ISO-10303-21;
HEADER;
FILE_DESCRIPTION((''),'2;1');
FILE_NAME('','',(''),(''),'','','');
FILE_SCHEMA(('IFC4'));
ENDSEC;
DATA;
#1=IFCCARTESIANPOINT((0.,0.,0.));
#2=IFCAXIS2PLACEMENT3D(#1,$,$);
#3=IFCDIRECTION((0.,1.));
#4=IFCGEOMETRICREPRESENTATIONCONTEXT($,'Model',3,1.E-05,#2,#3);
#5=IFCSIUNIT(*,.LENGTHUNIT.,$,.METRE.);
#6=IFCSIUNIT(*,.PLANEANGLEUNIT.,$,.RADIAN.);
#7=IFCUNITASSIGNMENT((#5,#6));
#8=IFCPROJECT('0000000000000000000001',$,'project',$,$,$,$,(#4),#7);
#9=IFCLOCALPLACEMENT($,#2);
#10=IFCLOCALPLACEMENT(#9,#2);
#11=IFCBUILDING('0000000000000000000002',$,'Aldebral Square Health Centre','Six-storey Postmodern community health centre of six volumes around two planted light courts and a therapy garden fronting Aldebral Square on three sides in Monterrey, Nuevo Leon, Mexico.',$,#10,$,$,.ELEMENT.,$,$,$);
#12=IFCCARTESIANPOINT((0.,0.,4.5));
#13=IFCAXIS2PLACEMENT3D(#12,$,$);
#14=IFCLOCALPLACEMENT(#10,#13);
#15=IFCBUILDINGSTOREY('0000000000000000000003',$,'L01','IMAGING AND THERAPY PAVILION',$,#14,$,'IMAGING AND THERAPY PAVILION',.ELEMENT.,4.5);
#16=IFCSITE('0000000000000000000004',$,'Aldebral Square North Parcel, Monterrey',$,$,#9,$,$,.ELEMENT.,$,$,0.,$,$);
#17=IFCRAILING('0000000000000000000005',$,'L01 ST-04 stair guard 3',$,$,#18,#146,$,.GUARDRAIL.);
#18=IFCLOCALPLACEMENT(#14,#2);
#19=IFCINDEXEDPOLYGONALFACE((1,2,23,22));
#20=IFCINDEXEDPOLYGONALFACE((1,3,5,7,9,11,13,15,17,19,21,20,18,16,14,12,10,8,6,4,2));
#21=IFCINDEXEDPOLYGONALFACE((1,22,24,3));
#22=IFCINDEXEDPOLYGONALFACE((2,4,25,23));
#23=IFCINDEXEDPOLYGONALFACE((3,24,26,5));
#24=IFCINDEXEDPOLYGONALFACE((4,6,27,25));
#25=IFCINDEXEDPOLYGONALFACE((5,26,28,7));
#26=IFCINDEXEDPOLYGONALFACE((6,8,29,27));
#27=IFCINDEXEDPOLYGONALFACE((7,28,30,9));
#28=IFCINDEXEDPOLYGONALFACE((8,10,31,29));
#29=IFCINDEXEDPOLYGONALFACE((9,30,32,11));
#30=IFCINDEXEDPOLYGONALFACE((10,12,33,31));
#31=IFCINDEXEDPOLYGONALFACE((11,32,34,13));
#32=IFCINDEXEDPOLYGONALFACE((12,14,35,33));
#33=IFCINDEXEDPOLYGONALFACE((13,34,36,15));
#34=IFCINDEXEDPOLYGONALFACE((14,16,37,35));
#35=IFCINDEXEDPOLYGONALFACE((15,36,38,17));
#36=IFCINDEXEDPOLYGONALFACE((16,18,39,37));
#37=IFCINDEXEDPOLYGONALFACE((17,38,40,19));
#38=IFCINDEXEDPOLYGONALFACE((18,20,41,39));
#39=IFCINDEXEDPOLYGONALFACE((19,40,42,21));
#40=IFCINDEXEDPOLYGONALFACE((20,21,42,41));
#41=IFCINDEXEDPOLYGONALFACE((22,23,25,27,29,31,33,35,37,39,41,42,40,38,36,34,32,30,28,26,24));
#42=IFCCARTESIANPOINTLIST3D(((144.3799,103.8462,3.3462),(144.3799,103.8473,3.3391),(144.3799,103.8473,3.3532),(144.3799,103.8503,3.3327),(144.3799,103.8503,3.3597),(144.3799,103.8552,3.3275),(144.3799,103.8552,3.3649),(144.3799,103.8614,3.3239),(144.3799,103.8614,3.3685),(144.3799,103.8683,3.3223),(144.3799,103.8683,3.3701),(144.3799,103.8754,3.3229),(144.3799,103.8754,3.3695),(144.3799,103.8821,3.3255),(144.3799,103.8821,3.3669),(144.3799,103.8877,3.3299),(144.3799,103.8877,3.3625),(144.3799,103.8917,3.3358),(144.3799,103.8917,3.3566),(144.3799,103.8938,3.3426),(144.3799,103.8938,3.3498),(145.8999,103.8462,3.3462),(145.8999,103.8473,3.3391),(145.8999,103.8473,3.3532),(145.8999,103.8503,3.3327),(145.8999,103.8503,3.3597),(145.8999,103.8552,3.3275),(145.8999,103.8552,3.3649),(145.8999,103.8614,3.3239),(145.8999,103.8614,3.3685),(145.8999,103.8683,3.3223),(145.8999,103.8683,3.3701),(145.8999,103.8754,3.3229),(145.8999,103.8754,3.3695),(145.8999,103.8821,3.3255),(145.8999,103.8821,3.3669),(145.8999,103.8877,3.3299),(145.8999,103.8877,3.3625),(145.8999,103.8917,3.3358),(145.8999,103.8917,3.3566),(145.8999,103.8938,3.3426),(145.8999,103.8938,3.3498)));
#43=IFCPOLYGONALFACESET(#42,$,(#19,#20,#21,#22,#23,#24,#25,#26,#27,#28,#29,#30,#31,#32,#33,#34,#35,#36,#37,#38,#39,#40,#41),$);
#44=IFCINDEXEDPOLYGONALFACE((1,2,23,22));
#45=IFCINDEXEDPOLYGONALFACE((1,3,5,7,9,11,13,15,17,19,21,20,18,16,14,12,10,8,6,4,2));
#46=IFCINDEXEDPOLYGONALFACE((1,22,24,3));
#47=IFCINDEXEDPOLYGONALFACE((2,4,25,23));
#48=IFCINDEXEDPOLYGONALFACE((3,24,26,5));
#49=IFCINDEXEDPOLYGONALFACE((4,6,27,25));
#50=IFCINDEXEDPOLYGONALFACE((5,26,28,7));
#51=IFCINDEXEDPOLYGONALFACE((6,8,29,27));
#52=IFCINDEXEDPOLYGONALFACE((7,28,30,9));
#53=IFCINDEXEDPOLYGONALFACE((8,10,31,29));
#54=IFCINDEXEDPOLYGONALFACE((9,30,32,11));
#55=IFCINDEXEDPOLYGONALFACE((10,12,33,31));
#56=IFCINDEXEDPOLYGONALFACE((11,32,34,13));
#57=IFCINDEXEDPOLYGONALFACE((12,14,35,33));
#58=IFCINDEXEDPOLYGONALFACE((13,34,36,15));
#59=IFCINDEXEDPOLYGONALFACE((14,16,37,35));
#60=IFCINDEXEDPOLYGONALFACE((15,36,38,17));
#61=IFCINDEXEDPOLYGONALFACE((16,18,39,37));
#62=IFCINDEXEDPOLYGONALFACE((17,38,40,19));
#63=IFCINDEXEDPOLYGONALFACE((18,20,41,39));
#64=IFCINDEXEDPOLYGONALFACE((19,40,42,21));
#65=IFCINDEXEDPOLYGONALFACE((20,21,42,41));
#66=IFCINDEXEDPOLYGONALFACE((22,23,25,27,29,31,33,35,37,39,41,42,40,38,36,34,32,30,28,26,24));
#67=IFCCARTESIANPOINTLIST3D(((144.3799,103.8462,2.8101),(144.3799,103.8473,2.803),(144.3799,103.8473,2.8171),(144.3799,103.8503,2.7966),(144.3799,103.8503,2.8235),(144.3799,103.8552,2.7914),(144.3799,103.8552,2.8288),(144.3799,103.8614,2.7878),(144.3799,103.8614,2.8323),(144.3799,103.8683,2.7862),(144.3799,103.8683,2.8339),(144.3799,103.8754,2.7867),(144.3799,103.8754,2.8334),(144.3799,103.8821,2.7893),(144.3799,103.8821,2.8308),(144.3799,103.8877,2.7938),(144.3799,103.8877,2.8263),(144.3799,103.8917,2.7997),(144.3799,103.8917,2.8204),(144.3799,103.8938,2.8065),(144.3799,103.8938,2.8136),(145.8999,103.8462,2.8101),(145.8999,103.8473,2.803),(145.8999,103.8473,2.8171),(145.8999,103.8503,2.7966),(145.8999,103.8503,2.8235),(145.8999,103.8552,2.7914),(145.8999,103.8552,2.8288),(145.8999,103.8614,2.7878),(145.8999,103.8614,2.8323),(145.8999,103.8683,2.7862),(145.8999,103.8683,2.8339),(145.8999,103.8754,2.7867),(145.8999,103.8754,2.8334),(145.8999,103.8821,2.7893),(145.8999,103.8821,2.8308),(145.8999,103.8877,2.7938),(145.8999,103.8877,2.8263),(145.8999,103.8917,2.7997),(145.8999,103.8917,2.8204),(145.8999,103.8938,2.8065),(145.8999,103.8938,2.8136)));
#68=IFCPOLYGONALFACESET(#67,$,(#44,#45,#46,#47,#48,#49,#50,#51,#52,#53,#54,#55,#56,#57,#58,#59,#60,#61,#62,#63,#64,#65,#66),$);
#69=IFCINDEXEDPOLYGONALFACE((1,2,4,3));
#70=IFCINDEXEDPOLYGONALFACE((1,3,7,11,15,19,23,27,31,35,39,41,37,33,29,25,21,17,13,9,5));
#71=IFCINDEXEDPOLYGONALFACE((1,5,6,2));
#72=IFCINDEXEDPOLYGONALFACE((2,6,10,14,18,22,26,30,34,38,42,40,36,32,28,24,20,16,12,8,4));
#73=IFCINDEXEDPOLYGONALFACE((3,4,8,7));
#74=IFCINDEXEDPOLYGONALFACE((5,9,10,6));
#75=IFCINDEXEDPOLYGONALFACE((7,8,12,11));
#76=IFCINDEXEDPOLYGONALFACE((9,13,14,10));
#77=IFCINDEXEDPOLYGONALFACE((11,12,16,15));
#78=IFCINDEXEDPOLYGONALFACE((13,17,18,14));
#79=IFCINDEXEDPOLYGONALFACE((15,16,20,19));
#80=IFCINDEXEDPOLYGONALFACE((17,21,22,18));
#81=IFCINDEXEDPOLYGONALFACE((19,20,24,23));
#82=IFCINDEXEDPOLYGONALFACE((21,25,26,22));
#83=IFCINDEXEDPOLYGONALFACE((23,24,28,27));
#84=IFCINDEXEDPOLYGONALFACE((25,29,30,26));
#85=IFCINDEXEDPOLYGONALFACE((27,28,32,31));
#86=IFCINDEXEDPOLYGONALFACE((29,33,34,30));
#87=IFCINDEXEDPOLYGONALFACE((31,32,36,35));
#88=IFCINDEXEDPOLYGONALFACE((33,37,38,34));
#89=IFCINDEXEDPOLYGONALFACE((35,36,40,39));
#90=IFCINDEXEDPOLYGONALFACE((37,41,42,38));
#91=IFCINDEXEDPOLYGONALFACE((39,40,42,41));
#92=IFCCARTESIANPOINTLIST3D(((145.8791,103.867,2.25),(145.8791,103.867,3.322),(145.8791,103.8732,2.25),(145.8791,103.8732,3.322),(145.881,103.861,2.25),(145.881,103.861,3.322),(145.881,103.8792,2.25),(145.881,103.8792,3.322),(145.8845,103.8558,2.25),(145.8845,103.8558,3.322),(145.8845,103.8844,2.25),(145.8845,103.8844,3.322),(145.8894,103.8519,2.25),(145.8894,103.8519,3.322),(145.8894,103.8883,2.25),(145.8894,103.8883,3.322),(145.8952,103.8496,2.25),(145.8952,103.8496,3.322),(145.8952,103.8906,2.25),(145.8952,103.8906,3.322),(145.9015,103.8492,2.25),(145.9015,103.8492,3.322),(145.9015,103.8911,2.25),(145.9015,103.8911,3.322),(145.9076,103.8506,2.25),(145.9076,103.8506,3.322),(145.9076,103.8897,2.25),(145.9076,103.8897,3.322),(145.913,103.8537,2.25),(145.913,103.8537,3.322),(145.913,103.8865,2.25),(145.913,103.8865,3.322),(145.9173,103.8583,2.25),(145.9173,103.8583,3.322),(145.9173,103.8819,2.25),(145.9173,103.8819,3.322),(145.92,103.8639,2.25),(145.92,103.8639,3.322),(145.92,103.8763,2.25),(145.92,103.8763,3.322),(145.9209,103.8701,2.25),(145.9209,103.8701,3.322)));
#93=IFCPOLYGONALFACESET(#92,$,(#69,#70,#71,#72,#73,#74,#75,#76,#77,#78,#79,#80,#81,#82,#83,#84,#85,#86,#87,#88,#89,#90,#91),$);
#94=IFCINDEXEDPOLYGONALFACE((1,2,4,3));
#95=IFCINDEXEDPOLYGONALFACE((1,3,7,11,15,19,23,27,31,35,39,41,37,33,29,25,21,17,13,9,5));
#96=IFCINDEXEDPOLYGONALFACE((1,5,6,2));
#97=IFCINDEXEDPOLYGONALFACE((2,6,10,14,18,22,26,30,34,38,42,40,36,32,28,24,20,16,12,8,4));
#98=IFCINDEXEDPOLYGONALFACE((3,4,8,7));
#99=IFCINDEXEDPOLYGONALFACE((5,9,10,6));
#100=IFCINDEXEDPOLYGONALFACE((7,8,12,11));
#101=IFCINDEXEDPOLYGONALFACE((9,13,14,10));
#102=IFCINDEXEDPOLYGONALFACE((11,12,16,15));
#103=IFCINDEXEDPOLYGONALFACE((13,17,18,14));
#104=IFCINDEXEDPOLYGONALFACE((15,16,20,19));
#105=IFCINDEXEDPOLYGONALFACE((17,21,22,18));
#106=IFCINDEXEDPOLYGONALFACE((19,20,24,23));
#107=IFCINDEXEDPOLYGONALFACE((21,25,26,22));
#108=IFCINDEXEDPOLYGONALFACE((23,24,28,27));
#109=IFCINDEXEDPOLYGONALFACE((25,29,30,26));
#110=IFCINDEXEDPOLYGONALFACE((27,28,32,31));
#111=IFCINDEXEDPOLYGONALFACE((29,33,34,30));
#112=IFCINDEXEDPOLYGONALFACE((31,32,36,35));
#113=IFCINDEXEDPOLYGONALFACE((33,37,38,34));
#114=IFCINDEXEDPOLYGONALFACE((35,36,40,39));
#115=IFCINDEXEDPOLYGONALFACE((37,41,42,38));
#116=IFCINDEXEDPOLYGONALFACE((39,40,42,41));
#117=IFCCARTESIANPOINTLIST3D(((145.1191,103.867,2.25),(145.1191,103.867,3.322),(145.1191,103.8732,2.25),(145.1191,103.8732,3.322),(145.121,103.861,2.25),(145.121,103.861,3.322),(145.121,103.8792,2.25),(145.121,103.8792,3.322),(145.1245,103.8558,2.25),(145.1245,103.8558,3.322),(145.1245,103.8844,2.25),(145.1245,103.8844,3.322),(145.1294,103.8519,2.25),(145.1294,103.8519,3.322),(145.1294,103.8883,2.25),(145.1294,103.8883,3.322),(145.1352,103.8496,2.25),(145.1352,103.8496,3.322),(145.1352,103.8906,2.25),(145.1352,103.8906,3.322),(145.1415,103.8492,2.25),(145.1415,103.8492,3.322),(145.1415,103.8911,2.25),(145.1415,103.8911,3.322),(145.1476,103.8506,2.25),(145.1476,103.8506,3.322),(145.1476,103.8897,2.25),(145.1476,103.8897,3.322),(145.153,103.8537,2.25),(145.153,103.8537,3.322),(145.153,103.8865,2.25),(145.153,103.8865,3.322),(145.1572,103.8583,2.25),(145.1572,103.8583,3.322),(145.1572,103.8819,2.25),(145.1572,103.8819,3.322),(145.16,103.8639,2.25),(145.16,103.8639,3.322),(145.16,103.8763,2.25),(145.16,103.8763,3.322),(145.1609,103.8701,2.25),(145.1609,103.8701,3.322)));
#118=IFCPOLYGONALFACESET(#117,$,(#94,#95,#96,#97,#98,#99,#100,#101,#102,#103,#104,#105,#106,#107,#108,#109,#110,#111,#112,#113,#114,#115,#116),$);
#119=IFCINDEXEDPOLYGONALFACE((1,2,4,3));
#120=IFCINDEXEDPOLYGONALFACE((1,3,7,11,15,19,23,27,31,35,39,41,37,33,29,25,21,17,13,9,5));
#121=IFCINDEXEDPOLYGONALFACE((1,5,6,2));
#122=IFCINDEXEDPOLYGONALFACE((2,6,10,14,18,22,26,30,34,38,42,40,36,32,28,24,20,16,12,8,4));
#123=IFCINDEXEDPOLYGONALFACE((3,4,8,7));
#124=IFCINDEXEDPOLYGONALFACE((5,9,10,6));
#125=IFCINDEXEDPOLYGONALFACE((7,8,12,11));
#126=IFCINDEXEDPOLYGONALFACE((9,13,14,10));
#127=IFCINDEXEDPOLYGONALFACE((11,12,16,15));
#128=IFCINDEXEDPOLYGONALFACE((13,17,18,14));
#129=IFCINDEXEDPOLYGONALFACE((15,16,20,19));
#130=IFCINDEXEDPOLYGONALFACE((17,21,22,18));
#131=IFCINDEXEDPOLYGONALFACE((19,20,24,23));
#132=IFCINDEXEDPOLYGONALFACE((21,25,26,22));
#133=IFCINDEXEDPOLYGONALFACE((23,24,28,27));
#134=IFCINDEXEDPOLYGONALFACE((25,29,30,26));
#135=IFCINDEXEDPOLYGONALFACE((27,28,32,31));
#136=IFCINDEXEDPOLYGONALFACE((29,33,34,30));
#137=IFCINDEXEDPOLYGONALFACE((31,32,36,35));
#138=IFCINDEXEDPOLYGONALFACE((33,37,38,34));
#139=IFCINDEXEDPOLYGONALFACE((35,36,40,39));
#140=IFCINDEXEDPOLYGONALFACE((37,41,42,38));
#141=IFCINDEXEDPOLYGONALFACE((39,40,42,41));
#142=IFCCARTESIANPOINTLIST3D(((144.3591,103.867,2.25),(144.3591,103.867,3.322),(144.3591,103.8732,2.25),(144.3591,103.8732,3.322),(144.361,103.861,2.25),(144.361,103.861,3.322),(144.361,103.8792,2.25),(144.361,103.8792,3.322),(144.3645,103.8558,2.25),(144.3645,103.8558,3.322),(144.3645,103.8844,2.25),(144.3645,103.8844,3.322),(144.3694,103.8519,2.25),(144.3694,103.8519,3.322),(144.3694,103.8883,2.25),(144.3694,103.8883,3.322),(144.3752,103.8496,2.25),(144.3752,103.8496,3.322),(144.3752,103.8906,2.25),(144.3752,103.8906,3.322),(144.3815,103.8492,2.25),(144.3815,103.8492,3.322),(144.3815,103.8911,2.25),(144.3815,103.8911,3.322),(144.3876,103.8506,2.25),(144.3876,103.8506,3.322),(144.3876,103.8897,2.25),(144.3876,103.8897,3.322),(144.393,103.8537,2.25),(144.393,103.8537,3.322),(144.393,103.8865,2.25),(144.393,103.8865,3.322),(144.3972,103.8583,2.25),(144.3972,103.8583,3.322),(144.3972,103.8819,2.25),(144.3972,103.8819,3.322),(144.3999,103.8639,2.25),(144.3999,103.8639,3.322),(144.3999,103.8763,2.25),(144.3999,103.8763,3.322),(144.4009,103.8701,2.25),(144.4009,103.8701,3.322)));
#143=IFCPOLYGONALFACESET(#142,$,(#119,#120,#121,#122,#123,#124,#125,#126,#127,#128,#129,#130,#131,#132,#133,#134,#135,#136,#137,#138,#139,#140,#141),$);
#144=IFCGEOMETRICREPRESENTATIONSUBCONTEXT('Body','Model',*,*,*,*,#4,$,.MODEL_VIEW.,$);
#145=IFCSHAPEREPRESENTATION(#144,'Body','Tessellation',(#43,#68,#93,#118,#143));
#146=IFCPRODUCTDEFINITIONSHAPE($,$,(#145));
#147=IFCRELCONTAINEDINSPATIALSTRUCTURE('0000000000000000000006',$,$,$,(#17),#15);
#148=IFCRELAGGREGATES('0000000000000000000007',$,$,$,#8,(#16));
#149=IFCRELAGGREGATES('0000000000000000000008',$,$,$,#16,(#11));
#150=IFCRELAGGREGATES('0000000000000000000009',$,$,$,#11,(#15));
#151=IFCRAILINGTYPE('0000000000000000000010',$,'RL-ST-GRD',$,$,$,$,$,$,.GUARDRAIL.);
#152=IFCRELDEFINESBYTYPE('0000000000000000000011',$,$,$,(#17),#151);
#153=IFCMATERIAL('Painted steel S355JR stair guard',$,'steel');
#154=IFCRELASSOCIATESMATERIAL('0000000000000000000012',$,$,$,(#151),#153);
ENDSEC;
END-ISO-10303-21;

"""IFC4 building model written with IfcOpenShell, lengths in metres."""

from ifc_helpers import new_model, si_unit, direction, frame, origin, origin_2d, place, context, subcontext, project, spatial, circle, extrude, material, type_object, element, save


model = new_model("IFC4")

# Units and contexts
model_context = context("Model", 3, precision=1e-05, world=origin(), true_north=direction((0.0, 1.0)))
body_context = subcontext(model_context, "Body", "Model", "MODEL_VIEW")
ifc_project = project(units=[si_unit("LENGTHUNIT", "METRE"), si_unit("PLANEANGLEUNIT", "RADIAN")], contexts=[model_context])

# Site, building, storey
site_placement = place(None, origin())
site = spatial("IfcSite", under=ifc_project, at=site_placement, Name="Aldebral Square North Parcel, Monterrey", CompositionType="ELEMENT", RefElevation=0.0)
building_placement = place(site_placement, origin())
building = spatial("IfcBuilding", under=site, at=building_placement, Name="Aldebral Square Health Centre", Description="Six-storey Postmodern community health centre of six volumes around two planted light courts and a therapy garden fronting Aldebral Square on three sides in Monterrey, Nuevo Leon, Mexico.", CompositionType="ELEMENT")
storey_placement = place(building_placement, frame((0.0, 0.0, 4.5)))
storey = spatial("IfcBuildingStorey", under=building, at=storey_placement, Name="L01", Description="IMAGING AND THERAPY PAVILION", LongName="IMAGING AND THERAPY PAVILION", CompositionType="ELEMENT", Elevation=4.5)

# Railing
ifc_material_1 = material(Name="Painted steel S355JR stair guard", Category="steel")
railing_type_1 = type_object("IfcRailingType", Name="RL-ST-GRD", PredefinedType="GUARDRAIL", material=ifc_material_1)
railing_1_placement = place(storey_placement, frame((145.8999, 103.8701, 2.25)))
element("IfcRailing", 1, at=railing_1_placement, inside=storey, type_object=railing_type_1, Name="L01 ST-04 stair guard 3", PredefinedType="GUARDRAIL", context=body_context, shape_type="SweptSolid", body=[
    extrude(circle(Radius=0.0239, at=origin_2d()), frame((0.0, 0.0, 1.0962), z_axis=(-1.0, 0.0, 0.0), x_axis=(0.0, -1.0, 0.0)), (0.0, 0.0, 1.0), 1.52),
    extrude(circle(Radius=0.0239, at=origin_2d()), frame((0.0, 0.0, 0.5601), z_axis=(-1.0, 0.0, 0.0), x_axis=(0.0, -1.0, 0.0)), (0.0, 0.0, 1.0), 1.52),
    extrude(circle(Radius=0.021, at=origin_2d()), origin(), (0.0, 0.0, 1.0), 1.072),
    extrude(circle(Radius=0.021, at=origin_2d()), frame((-0.76, 0.0, 0.0)), (0.0, 0.0, 1.0), 1.072),
    extrude(circle(Radius=0.021, at=origin_2d()), frame((-1.52, 0.0, 0.0)), (0.0, 0.0, 1.0), 1.072),
])

save(model, "model.ifc")
